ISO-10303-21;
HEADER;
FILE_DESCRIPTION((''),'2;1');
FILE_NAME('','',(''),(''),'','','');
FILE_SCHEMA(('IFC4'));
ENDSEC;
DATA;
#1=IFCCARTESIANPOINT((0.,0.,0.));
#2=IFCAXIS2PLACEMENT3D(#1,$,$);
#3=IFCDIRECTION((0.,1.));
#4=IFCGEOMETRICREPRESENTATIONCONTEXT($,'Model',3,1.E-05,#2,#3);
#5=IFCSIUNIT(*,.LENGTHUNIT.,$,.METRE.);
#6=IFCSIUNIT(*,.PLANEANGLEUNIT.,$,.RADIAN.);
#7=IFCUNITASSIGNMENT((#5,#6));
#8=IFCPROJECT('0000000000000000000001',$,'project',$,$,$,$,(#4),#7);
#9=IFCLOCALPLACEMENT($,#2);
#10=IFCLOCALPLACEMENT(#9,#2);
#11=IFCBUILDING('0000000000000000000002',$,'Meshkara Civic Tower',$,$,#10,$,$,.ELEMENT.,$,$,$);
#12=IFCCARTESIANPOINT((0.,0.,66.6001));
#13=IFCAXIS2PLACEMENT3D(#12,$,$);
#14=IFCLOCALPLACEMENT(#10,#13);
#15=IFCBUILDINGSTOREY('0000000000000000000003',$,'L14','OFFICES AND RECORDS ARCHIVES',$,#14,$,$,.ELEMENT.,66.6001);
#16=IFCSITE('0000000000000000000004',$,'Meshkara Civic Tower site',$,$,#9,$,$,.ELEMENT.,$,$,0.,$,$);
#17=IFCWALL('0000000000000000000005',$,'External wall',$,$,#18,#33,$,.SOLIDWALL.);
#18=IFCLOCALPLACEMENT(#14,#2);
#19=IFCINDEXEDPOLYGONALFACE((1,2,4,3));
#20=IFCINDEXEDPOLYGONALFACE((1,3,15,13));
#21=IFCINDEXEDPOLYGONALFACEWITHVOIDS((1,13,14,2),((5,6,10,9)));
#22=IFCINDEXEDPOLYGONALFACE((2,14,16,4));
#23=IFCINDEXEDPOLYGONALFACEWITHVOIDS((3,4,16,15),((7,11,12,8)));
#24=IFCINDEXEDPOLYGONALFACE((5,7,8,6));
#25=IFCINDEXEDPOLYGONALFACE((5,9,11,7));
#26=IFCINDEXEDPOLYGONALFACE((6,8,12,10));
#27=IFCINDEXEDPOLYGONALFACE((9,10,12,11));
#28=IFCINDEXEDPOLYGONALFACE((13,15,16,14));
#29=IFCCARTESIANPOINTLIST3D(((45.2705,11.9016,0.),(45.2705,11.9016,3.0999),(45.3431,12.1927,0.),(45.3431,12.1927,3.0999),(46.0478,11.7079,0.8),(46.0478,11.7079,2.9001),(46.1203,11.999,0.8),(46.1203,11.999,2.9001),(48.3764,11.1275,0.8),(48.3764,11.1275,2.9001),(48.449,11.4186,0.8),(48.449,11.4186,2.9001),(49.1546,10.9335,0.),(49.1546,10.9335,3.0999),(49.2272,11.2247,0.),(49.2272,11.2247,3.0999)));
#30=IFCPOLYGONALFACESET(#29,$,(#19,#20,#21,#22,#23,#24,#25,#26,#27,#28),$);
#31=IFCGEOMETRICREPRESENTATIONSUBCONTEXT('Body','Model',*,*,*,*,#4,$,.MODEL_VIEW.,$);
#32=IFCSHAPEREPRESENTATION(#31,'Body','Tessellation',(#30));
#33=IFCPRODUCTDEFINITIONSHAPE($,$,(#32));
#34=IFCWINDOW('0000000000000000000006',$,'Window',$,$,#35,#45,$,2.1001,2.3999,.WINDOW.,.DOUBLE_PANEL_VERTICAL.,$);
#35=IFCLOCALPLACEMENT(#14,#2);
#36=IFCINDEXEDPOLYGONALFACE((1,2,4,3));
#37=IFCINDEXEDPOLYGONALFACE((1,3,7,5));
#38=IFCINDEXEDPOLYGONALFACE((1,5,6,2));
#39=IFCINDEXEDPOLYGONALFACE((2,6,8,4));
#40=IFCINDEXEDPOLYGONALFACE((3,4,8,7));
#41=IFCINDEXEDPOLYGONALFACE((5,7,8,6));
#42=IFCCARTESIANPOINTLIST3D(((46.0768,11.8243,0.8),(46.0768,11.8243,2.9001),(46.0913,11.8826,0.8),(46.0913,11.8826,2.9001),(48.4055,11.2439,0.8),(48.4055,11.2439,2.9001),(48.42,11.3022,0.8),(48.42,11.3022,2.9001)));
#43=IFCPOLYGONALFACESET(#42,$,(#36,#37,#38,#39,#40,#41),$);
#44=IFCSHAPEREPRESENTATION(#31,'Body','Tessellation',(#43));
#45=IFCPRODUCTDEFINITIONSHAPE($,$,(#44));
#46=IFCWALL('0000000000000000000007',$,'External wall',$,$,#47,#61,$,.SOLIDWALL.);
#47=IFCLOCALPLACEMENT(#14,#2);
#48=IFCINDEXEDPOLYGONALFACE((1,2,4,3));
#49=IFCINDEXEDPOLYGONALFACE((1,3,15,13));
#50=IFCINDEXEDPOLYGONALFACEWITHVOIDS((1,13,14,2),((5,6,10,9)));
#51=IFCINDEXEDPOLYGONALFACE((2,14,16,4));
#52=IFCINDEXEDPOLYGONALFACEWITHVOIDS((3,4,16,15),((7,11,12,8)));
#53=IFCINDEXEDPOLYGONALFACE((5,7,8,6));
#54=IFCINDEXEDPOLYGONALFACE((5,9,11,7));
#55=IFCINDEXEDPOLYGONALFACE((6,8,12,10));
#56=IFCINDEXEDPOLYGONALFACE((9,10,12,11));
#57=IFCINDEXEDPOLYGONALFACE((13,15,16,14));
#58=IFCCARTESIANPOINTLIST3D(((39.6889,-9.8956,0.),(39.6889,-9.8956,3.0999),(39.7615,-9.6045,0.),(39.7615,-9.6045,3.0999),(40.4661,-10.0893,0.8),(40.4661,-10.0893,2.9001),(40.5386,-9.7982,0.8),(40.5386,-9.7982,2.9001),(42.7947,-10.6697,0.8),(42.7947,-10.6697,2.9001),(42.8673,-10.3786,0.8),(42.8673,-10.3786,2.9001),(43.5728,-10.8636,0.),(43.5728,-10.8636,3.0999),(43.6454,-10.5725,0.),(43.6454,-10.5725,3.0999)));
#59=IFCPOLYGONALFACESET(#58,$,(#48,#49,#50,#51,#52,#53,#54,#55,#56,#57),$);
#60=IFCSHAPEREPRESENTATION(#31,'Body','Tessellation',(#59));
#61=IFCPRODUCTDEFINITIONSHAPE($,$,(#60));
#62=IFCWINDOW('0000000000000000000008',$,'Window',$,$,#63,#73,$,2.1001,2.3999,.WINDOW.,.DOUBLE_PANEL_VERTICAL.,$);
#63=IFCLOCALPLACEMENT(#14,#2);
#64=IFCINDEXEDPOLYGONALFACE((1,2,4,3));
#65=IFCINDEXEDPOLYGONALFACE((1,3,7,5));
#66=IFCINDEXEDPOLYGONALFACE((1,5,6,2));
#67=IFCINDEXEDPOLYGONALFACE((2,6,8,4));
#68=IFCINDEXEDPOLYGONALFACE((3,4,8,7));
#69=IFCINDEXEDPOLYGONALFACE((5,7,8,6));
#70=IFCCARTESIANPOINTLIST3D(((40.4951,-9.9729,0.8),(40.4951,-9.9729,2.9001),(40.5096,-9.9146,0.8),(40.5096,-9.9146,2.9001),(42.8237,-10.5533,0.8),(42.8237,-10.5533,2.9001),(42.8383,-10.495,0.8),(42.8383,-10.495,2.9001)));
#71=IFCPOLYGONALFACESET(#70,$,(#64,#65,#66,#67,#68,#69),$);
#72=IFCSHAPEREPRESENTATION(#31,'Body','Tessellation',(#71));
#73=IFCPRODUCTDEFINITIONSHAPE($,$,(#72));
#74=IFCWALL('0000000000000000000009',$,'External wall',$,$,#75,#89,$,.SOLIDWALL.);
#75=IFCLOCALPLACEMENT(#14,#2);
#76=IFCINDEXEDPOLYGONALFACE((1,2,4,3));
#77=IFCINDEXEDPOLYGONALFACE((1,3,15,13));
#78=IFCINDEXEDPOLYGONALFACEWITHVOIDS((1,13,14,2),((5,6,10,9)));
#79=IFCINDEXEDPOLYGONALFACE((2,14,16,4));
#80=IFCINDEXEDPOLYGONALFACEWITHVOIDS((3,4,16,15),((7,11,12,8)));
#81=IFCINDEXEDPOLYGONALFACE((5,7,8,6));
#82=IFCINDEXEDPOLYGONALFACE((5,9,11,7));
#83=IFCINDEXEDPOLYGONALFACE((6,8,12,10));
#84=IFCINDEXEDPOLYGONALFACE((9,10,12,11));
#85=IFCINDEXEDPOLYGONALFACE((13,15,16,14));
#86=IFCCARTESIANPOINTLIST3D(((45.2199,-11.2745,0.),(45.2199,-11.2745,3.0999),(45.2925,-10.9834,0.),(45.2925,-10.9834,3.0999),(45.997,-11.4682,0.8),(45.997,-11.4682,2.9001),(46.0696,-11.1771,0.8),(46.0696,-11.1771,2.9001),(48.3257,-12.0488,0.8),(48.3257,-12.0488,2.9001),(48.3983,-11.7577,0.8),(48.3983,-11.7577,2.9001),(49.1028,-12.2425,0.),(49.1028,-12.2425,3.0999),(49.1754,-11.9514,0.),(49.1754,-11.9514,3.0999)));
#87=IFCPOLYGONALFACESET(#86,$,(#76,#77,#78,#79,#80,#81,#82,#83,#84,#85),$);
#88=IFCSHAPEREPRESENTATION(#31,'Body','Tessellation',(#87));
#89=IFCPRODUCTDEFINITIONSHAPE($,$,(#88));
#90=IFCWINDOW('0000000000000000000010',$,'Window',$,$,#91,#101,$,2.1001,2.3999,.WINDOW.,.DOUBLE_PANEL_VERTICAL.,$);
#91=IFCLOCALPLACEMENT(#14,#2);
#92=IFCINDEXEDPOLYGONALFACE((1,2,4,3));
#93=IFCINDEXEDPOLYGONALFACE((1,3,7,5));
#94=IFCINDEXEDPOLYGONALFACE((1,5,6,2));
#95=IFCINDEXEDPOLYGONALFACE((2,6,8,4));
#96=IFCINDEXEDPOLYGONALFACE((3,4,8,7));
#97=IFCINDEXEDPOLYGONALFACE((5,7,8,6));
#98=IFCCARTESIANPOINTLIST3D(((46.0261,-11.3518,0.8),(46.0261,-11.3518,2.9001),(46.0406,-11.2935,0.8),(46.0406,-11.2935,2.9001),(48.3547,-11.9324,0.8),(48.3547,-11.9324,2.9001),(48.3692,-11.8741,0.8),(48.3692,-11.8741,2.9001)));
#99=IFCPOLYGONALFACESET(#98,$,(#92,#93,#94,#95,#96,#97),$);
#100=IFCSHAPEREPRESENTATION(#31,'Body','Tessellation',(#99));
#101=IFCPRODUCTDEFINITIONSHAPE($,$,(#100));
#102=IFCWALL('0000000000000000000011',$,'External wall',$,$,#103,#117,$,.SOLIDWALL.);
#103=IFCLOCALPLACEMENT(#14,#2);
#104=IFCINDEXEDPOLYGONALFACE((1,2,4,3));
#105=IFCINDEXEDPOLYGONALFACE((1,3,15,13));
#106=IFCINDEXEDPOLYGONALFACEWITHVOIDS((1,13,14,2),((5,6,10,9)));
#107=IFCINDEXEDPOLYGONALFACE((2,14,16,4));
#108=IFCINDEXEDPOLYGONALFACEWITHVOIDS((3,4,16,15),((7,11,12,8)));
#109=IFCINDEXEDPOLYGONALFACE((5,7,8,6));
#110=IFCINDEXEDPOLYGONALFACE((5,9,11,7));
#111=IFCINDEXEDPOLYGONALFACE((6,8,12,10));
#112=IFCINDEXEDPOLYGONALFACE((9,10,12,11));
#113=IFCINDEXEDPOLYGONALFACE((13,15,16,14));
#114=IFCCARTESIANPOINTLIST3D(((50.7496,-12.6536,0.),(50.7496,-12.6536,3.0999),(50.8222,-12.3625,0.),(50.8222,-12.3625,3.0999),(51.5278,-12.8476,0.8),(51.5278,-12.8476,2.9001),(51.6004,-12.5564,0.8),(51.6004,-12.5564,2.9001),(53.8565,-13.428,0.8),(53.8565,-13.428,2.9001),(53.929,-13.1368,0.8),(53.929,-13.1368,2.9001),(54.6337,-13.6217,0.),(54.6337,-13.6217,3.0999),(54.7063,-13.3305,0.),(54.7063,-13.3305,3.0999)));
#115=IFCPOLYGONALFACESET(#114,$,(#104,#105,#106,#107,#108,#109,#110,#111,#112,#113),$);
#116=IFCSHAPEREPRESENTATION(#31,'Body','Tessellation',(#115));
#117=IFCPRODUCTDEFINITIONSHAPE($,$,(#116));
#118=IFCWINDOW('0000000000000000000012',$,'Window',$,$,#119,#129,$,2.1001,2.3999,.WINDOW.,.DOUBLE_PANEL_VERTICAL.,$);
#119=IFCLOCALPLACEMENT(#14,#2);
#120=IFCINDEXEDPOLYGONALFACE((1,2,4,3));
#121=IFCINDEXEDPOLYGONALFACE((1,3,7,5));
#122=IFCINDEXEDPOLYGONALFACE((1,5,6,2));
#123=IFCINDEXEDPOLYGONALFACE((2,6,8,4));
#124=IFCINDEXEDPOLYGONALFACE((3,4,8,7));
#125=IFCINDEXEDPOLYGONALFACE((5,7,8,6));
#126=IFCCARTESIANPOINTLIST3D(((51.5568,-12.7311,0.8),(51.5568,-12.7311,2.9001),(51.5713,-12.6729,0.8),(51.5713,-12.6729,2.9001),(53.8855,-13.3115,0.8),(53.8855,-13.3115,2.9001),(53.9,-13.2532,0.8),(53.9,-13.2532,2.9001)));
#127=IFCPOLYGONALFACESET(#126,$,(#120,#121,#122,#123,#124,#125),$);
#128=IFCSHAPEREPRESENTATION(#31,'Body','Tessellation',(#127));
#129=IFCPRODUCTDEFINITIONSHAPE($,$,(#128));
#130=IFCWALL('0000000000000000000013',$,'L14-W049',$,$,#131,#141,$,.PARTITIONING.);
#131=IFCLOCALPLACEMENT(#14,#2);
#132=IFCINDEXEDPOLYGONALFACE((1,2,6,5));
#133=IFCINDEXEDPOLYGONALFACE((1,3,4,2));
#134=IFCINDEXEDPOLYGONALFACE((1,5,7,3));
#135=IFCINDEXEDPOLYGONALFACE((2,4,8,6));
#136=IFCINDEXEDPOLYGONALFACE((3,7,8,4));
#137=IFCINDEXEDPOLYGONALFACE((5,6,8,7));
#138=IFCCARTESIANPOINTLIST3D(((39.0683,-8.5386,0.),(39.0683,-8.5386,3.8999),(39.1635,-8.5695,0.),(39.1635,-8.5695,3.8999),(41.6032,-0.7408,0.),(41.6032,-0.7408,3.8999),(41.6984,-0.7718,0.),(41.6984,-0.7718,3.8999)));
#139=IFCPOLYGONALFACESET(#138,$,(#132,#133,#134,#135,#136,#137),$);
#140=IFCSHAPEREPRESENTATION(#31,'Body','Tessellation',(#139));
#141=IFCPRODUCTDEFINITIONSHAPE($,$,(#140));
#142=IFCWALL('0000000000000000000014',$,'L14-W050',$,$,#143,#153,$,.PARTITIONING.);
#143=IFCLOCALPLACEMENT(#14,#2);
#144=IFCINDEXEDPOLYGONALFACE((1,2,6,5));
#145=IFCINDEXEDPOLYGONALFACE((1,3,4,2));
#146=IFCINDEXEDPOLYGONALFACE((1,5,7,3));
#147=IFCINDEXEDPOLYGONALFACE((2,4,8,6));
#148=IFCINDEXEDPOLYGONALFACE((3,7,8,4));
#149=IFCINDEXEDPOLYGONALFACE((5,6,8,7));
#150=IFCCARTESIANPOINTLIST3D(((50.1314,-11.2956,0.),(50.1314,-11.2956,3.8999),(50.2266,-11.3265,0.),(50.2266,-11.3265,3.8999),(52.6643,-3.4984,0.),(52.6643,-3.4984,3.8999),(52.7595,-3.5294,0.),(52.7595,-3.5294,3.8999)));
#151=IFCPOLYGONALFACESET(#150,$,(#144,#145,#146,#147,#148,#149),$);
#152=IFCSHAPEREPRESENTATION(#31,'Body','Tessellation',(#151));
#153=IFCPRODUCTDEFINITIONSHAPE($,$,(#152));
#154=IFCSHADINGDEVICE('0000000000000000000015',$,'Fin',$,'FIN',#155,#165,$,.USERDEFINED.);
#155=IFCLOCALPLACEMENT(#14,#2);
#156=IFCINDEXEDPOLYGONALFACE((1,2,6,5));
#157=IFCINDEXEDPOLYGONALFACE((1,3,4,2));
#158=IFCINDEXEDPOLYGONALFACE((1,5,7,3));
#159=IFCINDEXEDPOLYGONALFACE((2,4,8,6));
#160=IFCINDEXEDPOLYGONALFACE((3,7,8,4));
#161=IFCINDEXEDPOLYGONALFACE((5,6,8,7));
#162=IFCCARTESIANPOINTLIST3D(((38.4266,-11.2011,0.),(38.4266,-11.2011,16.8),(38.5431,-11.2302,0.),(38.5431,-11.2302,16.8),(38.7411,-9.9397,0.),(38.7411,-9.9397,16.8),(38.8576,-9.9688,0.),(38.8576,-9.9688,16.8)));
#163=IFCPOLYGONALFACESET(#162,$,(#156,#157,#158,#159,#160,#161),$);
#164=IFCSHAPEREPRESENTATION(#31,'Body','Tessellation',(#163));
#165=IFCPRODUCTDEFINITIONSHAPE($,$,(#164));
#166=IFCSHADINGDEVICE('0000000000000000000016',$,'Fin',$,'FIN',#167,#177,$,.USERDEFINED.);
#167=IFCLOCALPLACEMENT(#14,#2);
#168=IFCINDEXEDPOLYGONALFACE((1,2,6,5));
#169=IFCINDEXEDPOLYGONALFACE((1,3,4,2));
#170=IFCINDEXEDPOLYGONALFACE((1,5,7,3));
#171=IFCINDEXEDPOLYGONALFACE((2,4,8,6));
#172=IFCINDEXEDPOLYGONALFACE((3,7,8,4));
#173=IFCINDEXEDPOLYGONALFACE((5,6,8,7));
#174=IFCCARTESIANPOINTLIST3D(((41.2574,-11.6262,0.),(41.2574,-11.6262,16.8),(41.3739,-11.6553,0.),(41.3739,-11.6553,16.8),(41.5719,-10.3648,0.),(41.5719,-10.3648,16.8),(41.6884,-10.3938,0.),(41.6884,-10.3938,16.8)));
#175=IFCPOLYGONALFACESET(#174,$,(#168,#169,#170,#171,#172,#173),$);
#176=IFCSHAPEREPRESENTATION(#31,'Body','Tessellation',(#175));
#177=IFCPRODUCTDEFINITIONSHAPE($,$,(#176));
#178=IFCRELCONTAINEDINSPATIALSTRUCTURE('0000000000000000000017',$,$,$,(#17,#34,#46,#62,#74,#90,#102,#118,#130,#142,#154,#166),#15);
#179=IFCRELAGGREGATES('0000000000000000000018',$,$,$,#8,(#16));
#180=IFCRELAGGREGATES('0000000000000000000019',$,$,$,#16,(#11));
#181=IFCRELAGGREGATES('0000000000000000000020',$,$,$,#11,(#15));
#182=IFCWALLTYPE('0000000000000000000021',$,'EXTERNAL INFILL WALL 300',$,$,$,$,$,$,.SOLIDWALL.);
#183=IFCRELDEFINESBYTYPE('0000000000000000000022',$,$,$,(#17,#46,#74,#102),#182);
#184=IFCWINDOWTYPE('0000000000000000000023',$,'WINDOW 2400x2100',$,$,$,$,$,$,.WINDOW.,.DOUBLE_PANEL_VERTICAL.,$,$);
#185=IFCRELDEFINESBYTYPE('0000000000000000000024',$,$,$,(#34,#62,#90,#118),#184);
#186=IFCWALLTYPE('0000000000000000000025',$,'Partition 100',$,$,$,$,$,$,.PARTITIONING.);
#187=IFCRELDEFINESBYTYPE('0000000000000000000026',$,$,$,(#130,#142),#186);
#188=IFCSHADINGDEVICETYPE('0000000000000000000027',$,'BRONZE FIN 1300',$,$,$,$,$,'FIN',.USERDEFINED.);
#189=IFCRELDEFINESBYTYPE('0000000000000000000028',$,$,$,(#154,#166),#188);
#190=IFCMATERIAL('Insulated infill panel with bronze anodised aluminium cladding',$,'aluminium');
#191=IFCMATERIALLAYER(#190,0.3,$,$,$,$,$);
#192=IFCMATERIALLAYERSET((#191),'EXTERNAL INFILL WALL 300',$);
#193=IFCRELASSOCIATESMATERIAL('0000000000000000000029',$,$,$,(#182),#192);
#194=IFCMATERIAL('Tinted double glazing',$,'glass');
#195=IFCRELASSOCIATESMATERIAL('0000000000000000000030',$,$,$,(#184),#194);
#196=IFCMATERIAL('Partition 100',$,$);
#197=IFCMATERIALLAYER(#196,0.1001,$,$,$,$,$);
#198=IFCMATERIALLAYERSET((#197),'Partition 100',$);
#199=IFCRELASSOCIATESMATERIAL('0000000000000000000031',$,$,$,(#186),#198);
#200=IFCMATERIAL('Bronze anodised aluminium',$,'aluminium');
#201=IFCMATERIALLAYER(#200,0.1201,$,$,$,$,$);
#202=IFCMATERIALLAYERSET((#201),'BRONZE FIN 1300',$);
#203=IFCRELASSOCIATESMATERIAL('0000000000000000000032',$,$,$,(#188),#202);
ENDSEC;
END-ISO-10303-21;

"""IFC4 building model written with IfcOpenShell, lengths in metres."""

from ifc_helpers import new_model, si_unit, direction, frame, frame_2d, origin, origin_2d, place, context, subcontext, project, spatial, rectangle, extrude, material, layer, layer_set, type_object, element, fill, save


model = new_model("IFC4")

# Units and contexts
model_context = context("Model", 3, precision=1e-05, world=origin(), true_north=direction((0.0, 1.0)))
body_context = subcontext(model_context, "Body", "Model", "MODEL_VIEW")
ifc_project = project(units=[si_unit("LENGTHUNIT", "METRE"), si_unit("PLANEANGLEUNIT", "RADIAN")], contexts=[model_context])

# Site, building, storey
site_placement = place(None, origin())
site = spatial("IfcSite", under=ifc_project, at=site_placement, Name="Meshkara Civic Tower site", CompositionType="ELEMENT", RefElevation=0.0)
building_placement = place(site_placement, origin())
building = spatial("IfcBuilding", under=site, at=building_placement, Name="Meshkara Civic Tower", CompositionType="ELEMENT")
storey_placement = place(building_placement, frame((0.0, 0.0, 66.6001)))
storey = spatial("IfcBuildingStorey", under=building, at=storey_placement, Name="L14", Description="OFFICES AND RECORDS ARCHIVES", CompositionType="ELEMENT", Elevation=66.6001)

# Walls, openings, windows
ifc_material_1 = material(Name="Insulated infill panel with bronze anodised aluminium cladding", Category="aluminium")
ifc_layer_1 = layer(ifc_material_1, 0.3)
ifc_layer_set_1 = layer_set([ifc_layer_1], Name="EXTERNAL INFILL WALL 300")
wall_type_1 = type_object("IfcWallType", Name="EXTERNAL INFILL WALL 300", PredefinedType="SOLIDWALL", material=ifc_layer_set_1)
wall_1_placement = place(storey_placement, frame((49.1909, 11.0791, 0.0), z_axis=(0.0, 0.0, 1.0), x_axis=(-0.970318, 0.241832, 0.0)))
wall_1 = element("IfcWall", 1, at=wall_1_placement, inside=storey, type_object=wall_type_1, Name="External wall", PredefinedType="SOLIDWALL", context=body_context, shape_type="SweptSolid", body=[
    extrude(rectangle(XDim=4.0029, YDim=0.3, at=frame_2d((2.0015, 0.0))), origin(), (0.0, 0.0, 1.0), 3.0999),
])
opening_1_placement = place(wall_1_placement, frame((0.802, 0.0, 0.8)))
opening_1 = element("IfcOpeningElement", 2, at=opening_1_placement, cuts=wall_1, PredefinedType="OPENING", context=body_context, shape_type="SweptSolid", body=[
    extrude(rectangle(XDim=2.3999, YDim=2.1001, at=frame_2d((1.2, 1.05))), frame((0.0, 0.1599, 0.0), z_axis=(0.0, -1.0, 0.0), x_axis=(1.0, 0.0, 0.0)), (0.0, 0.0, 1.0), 0.3201),
])
ifc_material_2 = material(Name="Tinted double glazing", Category="glass")
window_type = type_object("IfcWindowType", Name="WINDOW 2400x2100", PartitioningType="DOUBLE_PANEL_VERTICAL", PredefinedType="WINDOW", material=ifc_material_2)
window_1_placement = place(opening_1_placement, origin())
window_1 = element("IfcWindow", 3, at=window_1_placement, inside=storey, type_object=window_type, Name="Window", OverallHeight=2.1001, OverallWidth=2.3999, PartitioningType="DOUBLE_PANEL_VERTICAL", PredefinedType="WINDOW", context=body_context, shape_type="SweptSolid", body=[
    extrude(rectangle(XDim=2.3999, YDim=2.1001, at=frame_2d((1.2, 1.05))), frame((0.0, 0.03, 0.0), z_axis=(0.0, -1.0, 0.0), x_axis=(1.0, 0.0, 0.0)), (0.0, 0.0, 1.0), 0.0601),
])
fill(opening_1, window_1)
wall_2_placement = place(storey_placement, frame((39.7251, -9.75, 0.0), z_axis=(0.0, 0.0, 1.0), x_axis=(0.970314, -0.241847, 0.0)))
wall_2 = element("IfcWall", 4, at=wall_2_placement, inside=storey, type_object=wall_type_1, Name="External wall", PredefinedType="SOLIDWALL", context=body_context, shape_type="SweptSolid", body=[
    extrude(rectangle(XDim=4.0027, YDim=0.3, at=frame_2d((2.0015, 0.0))), origin(), (0.0, 0.0, 1.0), 3.0999),
])
opening_2_placement = place(wall_2_placement, frame((0.801, 0.0, 0.8)))
opening_2 = element("IfcOpeningElement", 5, at=opening_2_placement, cuts=wall_2, PredefinedType="OPENING", context=body_context, shape_type="SweptSolid", body=[
    extrude(rectangle(XDim=2.3999, YDim=2.1001, at=frame_2d((1.2, 1.05))), frame((0.0, 0.1599, 0.0), z_axis=(0.0, -1.0, 0.0), x_axis=(1.0, 0.0, 0.0)), (0.0, 0.0, 1.0), 0.3201),
])
window_2_placement = place(opening_2_placement, origin())
window_2 = element("IfcWindow", 6, at=window_2_placement, inside=storey, type_object=window_type, Name="Window", OverallHeight=2.1001, OverallWidth=2.3999, PartitioningType="DOUBLE_PANEL_VERTICAL", PredefinedType="WINDOW", context=body_context, shape_type="SweptSolid", body=[
    extrude(rectangle(XDim=2.3999, YDim=2.1001, at=frame_2d((1.2, 1.05))), frame((0.0, 0.03, 0.0), z_axis=(0.0, -1.0, 0.0), x_axis=(1.0, 0.0, 0.0)), (0.0, 0.0, 1.0), 0.0601),
])
fill(opening_2, window_2)
wall_3_placement = place(storey_placement, frame((45.2561, -11.1289, 0.0), z_axis=(0.0, 0.0, 1.0), x_axis=(0.9703, -0.241904, 0.0)))
wall_3 = element("IfcWall", 7, at=wall_3_placement, inside=storey, type_object=wall_type_1, Name="External wall", PredefinedType="SOLIDWALL", context=body_context, shape_type="SweptSolid", body=[
    extrude(rectangle(XDim=4.0017, YDim=0.3, at=frame_2d((2.001, 0.0))), origin(), (0.0, 0.0, 1.0), 3.0999),
])
opening_3_placement = place(wall_3_placement, frame((0.801, 0.0, 0.8)))
opening_3 = element("IfcOpeningElement", 8, at=opening_3_placement, cuts=wall_3, PredefinedType="OPENING", context=body_context, shape_type="SweptSolid", body=[
    extrude(rectangle(XDim=2.3999, YDim=2.1001, at=frame_2d((1.2, 1.05))), frame((0.0, 0.1599, 0.0), z_axis=(0.0, -1.0, 0.0), x_axis=(1.0, 0.0, 0.0)), (0.0, 0.0, 1.0), 0.3201),
])
window_3_placement = place(opening_3_placement, origin())
window_3 = element("IfcWindow", 9, at=window_3_placement, inside=storey, type_object=window_type, Name="Window", OverallHeight=2.1001, OverallWidth=2.3999, PartitioningType="DOUBLE_PANEL_VERTICAL", PredefinedType="WINDOW", context=body_context, shape_type="SweptSolid", body=[
    extrude(rectangle(XDim=2.3999, YDim=2.1001, at=frame_2d((1.2, 1.05))), frame((0.0, 0.03, 0.0), z_axis=(0.0, -1.0, 0.0), x_axis=(1.0, 0.0, 0.0)), (0.0, 0.0, 1.0), 0.0601),
])
fill(opening_3, window_3)
wall_4_placement = place(storey_placement, frame((50.7859, -12.5081, 0.0), z_axis=(0.0, 0.0, 1.0), x_axis=(0.970318, -0.241832, 0.0)))
wall_4 = element("IfcWall", 10, at=wall_4_placement, inside=storey, type_object=wall_type_1, Name="External wall", PredefinedType="SOLIDWALL", context=body_context, shape_type="SweptSolid", body=[
    extrude(rectangle(XDim=4.0029, YDim=0.3, at=frame_2d((2.0015, 0.0))), origin(), (0.0, 0.0, 1.0), 3.0999),
])
opening_4_placement = place(wall_4_placement, frame((0.802, 0.0, 0.8)))
opening_4 = element("IfcOpeningElement", 11, at=opening_4_placement, cuts=wall_4, PredefinedType="OPENING", context=body_context, shape_type="SweptSolid", body=[
    extrude(rectangle(XDim=2.3999, YDim=2.1001, at=frame_2d((1.2, 1.05))), frame((0.0, 0.1599, 0.0), z_axis=(0.0, -1.0, 0.0), x_axis=(1.0, 0.0, 0.0)), (0.0, 0.0, 1.0), 0.3201),
])
window_4_placement = place(opening_4_placement, origin())
window_4 = element("IfcWindow", 12, at=window_4_placement, inside=storey, type_object=window_type, Name="Window", OverallHeight=2.1001, OverallWidth=2.3999, PartitioningType="DOUBLE_PANEL_VERTICAL", PredefinedType="WINDOW", context=body_context, shape_type="SweptSolid", body=[
    extrude(rectangle(XDim=2.3999, YDim=2.1001, at=frame_2d((1.2, 1.05))), frame((0.0, 0.03, 0.0), z_axis=(0.0, -1.0, 0.0), x_axis=(1.0, 0.0, 0.0)), (0.0, 0.0, 1.0), 0.0601),
])
fill(opening_4, window_4)

# Walls
ifc_material_3 = material(Name="Partition 100")
ifc_layer_2 = layer(ifc_material_3, 0.1001)
ifc_layer_set_2 = layer_set([ifc_layer_2], Name="Partition 100")
wall_type_2 = type_object("IfcWallType", Name="Partition 100", PredefinedType="PARTITIONING", material=ifc_layer_set_2)
wall_5_placement = place(storey_placement, frame((39.116, -8.554, 0.0), z_axis=(0.0, 0.0, 1.0), x_axis=(0.309153, 0.951012, 0.0)))
element("IfcWall", 13, at=wall_5_placement, inside=storey, type_object=wall_type_2, Name="L14-W049", PredefinedType="PARTITIONING", context=body_context, shape_type="SweptSolid", body=[
    extrude(rectangle(XDim=8.1995, YDim=0.1001, at=frame_2d((4.0996, 0.0))), origin(), (0.0, 0.0, 1.0), 3.8999),
])
wall_6_placement = place(storey_placement, frame((50.179, -11.311, 0.0), z_axis=(0.0, 0.0, 1.0), x_axis=(0.308964, 0.951074, 0.0)))
element("IfcWall", 14, at=wall_6_placement, inside=storey, type_object=wall_type_2, Name="L14-W050", PredefinedType="PARTITIONING", context=body_context, shape_type="SweptSolid", body=[
    extrude(rectangle(XDim=8.1982, YDim=0.1001, at=frame_2d((4.0991, 0.0))), origin(), (0.0, 0.0, 1.0), 3.8999),
])

# Shading devices
ifc_material_4 = material(Name="Bronze anodised aluminium", Category="aluminium")
ifc_layer_3 = layer(ifc_material_4, 0.1201)
ifc_layer_set_3 = layer_set([ifc_layer_3], Name="BRONZE FIN 1300")
shading_device_type = type_object("IfcShadingDeviceType", Name="BRONZE FIN 1300", ElementType="FIN", PredefinedType="USERDEFINED", material=ifc_layer_set_3)
for number, where, z_axis, x_axis, name in (
    (15, (38.6421, -10.585, 0.0), (0.0, 0.0, 1.0), (0.970296, -0.241922, 0.0), "Fin"),
    (16, (41.4729, -11.01, 0.0), (0.0, 0.0, 1.0), (0.970296, -0.241922, 0.0), "Fin"),
):
    element("IfcShadingDevice", number, at=place(storey_placement, frame(where, z_axis=z_axis, x_axis=x_axis)), inside=storey, type_object=shading_device_type, Name=name, ObjectType="FIN", PredefinedType="USERDEFINED", context=body_context, shape_type="SweptSolid", body=[
        extrude(rectangle(XDim=0.1201, YDim=1.3, at=origin_2d()), origin(), (0.0, 0.0, 1.0), 16.8),
    ])

save(model, "model.ifc")
